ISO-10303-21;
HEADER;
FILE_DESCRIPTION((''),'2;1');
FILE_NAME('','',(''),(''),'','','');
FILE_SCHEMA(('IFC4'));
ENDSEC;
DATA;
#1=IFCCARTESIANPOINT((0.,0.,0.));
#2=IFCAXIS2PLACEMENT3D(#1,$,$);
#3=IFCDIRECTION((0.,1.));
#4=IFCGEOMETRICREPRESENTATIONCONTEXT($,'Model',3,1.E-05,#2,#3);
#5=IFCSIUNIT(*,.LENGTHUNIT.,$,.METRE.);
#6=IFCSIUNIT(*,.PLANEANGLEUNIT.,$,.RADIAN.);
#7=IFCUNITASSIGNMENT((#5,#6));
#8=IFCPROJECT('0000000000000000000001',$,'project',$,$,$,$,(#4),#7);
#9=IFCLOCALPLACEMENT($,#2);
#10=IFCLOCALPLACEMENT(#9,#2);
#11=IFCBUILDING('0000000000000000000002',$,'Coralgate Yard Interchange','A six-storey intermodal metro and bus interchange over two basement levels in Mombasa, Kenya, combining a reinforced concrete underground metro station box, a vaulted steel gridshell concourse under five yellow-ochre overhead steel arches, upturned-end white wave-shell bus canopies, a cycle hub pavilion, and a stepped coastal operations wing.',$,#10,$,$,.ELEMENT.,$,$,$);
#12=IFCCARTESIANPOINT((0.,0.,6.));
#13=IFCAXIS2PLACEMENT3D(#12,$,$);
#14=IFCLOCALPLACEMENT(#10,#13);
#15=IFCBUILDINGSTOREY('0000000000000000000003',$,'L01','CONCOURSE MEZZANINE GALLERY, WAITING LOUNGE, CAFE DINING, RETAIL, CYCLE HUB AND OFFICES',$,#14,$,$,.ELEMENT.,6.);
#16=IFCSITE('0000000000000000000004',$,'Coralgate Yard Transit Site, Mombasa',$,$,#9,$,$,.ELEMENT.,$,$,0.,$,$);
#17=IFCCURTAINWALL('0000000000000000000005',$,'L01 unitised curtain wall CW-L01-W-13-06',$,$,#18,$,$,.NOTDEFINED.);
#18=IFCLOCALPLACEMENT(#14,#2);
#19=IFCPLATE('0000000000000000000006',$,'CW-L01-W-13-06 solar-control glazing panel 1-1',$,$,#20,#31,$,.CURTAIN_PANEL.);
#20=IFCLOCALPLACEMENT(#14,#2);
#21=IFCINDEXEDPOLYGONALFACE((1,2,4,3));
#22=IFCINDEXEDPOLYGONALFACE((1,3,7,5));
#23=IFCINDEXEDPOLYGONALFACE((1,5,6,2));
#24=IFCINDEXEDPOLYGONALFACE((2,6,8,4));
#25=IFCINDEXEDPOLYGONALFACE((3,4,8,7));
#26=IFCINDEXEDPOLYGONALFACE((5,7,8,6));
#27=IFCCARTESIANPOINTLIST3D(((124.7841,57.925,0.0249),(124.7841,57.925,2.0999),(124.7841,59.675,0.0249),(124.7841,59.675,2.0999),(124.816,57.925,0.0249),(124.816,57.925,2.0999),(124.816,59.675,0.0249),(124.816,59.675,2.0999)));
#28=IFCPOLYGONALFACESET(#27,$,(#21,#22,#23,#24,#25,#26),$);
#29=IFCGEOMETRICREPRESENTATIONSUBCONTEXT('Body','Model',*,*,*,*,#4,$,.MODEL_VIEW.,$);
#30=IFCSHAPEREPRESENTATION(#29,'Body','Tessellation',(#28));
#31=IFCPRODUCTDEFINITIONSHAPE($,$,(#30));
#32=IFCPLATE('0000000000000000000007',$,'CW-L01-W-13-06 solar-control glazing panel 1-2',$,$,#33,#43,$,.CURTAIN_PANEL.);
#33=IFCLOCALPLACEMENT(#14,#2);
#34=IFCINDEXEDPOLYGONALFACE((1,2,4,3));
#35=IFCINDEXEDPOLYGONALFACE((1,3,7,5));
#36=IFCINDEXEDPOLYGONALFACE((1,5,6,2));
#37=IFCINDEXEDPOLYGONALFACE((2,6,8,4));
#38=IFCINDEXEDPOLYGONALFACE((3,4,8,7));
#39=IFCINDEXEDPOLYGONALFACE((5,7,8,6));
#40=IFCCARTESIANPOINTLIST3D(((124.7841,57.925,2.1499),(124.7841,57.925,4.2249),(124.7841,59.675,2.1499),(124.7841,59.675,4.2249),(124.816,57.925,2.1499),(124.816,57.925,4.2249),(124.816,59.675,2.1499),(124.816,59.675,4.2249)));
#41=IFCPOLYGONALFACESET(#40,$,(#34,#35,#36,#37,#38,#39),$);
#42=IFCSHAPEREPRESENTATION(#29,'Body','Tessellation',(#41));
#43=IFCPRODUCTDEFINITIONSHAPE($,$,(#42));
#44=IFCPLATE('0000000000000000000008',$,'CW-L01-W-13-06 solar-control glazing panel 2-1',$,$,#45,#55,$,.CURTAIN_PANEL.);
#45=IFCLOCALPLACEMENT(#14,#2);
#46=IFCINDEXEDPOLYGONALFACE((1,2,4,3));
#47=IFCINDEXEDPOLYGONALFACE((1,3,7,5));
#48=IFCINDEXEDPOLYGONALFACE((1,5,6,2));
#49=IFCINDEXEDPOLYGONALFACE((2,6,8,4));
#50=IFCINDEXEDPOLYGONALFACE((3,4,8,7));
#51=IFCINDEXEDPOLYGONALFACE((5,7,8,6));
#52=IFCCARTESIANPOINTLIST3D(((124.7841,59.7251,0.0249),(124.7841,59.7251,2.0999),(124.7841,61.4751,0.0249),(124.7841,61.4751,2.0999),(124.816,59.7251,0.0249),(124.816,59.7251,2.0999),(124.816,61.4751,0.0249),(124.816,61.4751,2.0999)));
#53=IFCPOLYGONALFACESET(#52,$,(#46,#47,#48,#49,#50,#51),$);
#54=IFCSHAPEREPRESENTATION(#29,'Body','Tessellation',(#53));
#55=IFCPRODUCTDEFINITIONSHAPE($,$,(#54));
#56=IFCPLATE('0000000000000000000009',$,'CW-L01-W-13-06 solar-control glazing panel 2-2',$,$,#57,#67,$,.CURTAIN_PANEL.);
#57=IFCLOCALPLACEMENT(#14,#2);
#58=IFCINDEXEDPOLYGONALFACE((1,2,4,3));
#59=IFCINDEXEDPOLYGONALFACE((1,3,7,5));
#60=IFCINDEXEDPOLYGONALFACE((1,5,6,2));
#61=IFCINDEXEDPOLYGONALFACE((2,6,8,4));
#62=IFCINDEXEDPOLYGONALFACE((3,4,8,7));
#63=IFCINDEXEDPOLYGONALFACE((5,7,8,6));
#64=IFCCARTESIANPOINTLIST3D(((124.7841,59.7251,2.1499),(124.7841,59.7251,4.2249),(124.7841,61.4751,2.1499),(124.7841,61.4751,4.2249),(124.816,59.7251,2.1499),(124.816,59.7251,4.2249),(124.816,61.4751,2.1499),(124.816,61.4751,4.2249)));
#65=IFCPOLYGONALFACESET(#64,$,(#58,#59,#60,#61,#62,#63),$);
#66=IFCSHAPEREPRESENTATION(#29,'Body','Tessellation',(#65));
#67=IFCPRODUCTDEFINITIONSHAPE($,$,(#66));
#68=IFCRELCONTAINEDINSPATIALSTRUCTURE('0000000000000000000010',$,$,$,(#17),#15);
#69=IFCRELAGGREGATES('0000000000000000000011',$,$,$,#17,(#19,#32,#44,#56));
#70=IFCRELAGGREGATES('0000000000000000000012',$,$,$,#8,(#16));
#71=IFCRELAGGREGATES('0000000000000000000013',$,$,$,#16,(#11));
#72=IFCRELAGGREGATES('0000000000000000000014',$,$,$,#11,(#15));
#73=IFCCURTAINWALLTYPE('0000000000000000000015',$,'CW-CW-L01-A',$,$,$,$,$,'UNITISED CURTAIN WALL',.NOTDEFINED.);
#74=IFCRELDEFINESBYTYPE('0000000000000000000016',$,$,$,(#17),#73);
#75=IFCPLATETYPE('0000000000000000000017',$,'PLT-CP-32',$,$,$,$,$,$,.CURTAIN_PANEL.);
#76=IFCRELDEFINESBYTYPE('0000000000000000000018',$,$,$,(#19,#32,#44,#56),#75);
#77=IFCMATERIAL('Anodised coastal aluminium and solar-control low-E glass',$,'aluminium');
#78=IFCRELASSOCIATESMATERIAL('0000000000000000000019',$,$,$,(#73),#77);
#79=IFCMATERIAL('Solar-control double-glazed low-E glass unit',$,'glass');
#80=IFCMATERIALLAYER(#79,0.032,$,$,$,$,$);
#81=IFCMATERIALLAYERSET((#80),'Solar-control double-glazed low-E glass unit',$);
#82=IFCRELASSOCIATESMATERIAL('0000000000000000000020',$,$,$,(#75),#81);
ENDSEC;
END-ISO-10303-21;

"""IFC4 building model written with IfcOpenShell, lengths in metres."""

from ifc_helpers import new_model, si_unit, direction, frame, origin, origin_2d, place, context, subcontext, project, spatial, rectangle, extrude, material, layer, layer_set, type_object, element, aggregate, save


model = new_model("IFC4")

# Units and contexts
model_context = context("Model", 3, precision=1e-05, world=origin(), true_north=direction((0.0, 1.0)))
body_context = subcontext(model_context, "Body", "Model", "MODEL_VIEW")
ifc_project = project(units=[si_unit("LENGTHUNIT", "METRE"), si_unit("PLANEANGLEUNIT", "RADIAN")], contexts=[model_context])

# Site, building, storey
site_placement = place(None, origin())
site = spatial("IfcSite", under=ifc_project, at=site_placement, Name="Coralgate Yard Transit Site, Mombasa", CompositionType="ELEMENT", RefElevation=0.0)
building_placement = place(site_placement, origin())
building = spatial("IfcBuilding", under=site, at=building_placement, Name="Coralgate Yard Interchange", Description="A six-storey intermodal metro and bus interchange over two basement levels in Mombasa, Kenya, combining a reinforced concrete underground metro station box, a vaulted steel gridshell concourse under five yellow-ochre overhead steel arches, upturned-end white wave-shell bus canopies, a cycle hub pavilion, and a stepped coastal operations wing.", CompositionType="ELEMENT")
storey_placement = place(building_placement, frame((0.0, 0.0, 6.0)))
storey = spatial("IfcBuildingStorey", under=building, at=storey_placement, Name="L01", Description="CONCOURSE MEZZANINE GALLERY, WAITING LOUNGE, CAFE DINING, RETAIL, CYCLE HUB AND OFFICES", CompositionType="ELEMENT", Elevation=6.0)

# Curtain wall
ifc_material_1 = material(Name="Anodised coastal aluminium and solar-control low-E glass", Category="aluminium")
curtain_wall_type = type_object("IfcCurtainWallType", Name="CW-CW-L01-A", ElementType="UNITISED CURTAIN WALL", PredefinedType="NOTDEFINED", material=ifc_material_1)
curtain_wall_1_placement = place(storey_placement, origin())
curtain_wall_1 = element("IfcCurtainWall", 1, at=curtain_wall_1_placement, inside=storey, type_object=curtain_wall_type, Name="L01 unitised curtain wall CW-L01-W-13-06", PredefinedType="NOTDEFINED")

# Plates
ifc_material_2 = material(Name="Solar-control double-glazed low-E glass unit", Category="glass")
ifc_layer = layer(ifc_material_2, 0.032)
ifc_layer_set = layer_set([ifc_layer], Name="Solar-control double-glazed low-E glass unit")
plate_type = type_object("IfcPlateType", Name="PLT-CP-32", PredefinedType="CURTAIN_PANEL", material=ifc_layer_set)
plate_1_placement = place(storey_placement, frame((124.8, 58.8, 0.0249), z_axis=(0.0, 0.0, 1.0), x_axis=(0.0, 1.0, 0.0)))
plate_1 = element("IfcPlate", 2, at=plate_1_placement, type_object=plate_type, Name="CW-L01-W-13-06 solar-control glazing panel 1-1", PredefinedType="CURTAIN_PANEL", context=body_context, shape_type="SweptSolid", body=[
    extrude(rectangle(XDim=1.75, YDim=0.032, at=origin_2d()), origin(), (0.0, 0.0, 1.0), 2.075),
])
plate_2_placement = place(storey_placement, frame((124.8, 58.8, 2.1499), z_axis=(0.0, 0.0, 1.0), x_axis=(0.0, 1.0, 0.0)))
plate_2 = element("IfcPlate", 3, at=plate_2_placement, type_object=plate_type, Name="CW-L01-W-13-06 solar-control glazing panel 1-2", PredefinedType="CURTAIN_PANEL", context=body_context, shape_type="SweptSolid", body=[
    extrude(rectangle(XDim=1.75, YDim=0.032, at=origin_2d()), origin(), (0.0, 0.0, 1.0), 2.075),
])
plate_3_placement = place(storey_placement, frame((124.8, 60.6001, 0.0249), z_axis=(0.0, 0.0, 1.0), x_axis=(0.0, 1.0, 0.0)))
plate_3 = element("IfcPlate", 4, at=plate_3_placement, type_object=plate_type, Name="CW-L01-W-13-06 solar-control glazing panel 2-1", PredefinedType="CURTAIN_PANEL", context=body_context, shape_type="SweptSolid", body=[
    extrude(rectangle(XDim=1.75, YDim=0.032, at=origin_2d()), origin(), (0.0, 0.0, 1.0), 2.075),
])
plate_4_placement = place(storey_placement, frame((124.8, 60.6001, 2.1499), z_axis=(0.0, 0.0, 1.0), x_axis=(0.0, 1.0, 0.0)))
plate_4 = element("IfcPlate", 5, at=plate_4_placement, type_object=plate_type, Name="CW-L01-W-13-06 solar-control glazing panel 2-2", PredefinedType="CURTAIN_PANEL", context=body_context, shape_type="SweptSolid", body=[
    extrude(rectangle(XDim=1.75, YDim=0.032, at=origin_2d()), origin(), (0.0, 0.0, 1.0), 2.075),
])
aggregate(curtain_wall_1, [plate_1, plate_2, plate_3, plate_4])

save(model, "model.ifc")
